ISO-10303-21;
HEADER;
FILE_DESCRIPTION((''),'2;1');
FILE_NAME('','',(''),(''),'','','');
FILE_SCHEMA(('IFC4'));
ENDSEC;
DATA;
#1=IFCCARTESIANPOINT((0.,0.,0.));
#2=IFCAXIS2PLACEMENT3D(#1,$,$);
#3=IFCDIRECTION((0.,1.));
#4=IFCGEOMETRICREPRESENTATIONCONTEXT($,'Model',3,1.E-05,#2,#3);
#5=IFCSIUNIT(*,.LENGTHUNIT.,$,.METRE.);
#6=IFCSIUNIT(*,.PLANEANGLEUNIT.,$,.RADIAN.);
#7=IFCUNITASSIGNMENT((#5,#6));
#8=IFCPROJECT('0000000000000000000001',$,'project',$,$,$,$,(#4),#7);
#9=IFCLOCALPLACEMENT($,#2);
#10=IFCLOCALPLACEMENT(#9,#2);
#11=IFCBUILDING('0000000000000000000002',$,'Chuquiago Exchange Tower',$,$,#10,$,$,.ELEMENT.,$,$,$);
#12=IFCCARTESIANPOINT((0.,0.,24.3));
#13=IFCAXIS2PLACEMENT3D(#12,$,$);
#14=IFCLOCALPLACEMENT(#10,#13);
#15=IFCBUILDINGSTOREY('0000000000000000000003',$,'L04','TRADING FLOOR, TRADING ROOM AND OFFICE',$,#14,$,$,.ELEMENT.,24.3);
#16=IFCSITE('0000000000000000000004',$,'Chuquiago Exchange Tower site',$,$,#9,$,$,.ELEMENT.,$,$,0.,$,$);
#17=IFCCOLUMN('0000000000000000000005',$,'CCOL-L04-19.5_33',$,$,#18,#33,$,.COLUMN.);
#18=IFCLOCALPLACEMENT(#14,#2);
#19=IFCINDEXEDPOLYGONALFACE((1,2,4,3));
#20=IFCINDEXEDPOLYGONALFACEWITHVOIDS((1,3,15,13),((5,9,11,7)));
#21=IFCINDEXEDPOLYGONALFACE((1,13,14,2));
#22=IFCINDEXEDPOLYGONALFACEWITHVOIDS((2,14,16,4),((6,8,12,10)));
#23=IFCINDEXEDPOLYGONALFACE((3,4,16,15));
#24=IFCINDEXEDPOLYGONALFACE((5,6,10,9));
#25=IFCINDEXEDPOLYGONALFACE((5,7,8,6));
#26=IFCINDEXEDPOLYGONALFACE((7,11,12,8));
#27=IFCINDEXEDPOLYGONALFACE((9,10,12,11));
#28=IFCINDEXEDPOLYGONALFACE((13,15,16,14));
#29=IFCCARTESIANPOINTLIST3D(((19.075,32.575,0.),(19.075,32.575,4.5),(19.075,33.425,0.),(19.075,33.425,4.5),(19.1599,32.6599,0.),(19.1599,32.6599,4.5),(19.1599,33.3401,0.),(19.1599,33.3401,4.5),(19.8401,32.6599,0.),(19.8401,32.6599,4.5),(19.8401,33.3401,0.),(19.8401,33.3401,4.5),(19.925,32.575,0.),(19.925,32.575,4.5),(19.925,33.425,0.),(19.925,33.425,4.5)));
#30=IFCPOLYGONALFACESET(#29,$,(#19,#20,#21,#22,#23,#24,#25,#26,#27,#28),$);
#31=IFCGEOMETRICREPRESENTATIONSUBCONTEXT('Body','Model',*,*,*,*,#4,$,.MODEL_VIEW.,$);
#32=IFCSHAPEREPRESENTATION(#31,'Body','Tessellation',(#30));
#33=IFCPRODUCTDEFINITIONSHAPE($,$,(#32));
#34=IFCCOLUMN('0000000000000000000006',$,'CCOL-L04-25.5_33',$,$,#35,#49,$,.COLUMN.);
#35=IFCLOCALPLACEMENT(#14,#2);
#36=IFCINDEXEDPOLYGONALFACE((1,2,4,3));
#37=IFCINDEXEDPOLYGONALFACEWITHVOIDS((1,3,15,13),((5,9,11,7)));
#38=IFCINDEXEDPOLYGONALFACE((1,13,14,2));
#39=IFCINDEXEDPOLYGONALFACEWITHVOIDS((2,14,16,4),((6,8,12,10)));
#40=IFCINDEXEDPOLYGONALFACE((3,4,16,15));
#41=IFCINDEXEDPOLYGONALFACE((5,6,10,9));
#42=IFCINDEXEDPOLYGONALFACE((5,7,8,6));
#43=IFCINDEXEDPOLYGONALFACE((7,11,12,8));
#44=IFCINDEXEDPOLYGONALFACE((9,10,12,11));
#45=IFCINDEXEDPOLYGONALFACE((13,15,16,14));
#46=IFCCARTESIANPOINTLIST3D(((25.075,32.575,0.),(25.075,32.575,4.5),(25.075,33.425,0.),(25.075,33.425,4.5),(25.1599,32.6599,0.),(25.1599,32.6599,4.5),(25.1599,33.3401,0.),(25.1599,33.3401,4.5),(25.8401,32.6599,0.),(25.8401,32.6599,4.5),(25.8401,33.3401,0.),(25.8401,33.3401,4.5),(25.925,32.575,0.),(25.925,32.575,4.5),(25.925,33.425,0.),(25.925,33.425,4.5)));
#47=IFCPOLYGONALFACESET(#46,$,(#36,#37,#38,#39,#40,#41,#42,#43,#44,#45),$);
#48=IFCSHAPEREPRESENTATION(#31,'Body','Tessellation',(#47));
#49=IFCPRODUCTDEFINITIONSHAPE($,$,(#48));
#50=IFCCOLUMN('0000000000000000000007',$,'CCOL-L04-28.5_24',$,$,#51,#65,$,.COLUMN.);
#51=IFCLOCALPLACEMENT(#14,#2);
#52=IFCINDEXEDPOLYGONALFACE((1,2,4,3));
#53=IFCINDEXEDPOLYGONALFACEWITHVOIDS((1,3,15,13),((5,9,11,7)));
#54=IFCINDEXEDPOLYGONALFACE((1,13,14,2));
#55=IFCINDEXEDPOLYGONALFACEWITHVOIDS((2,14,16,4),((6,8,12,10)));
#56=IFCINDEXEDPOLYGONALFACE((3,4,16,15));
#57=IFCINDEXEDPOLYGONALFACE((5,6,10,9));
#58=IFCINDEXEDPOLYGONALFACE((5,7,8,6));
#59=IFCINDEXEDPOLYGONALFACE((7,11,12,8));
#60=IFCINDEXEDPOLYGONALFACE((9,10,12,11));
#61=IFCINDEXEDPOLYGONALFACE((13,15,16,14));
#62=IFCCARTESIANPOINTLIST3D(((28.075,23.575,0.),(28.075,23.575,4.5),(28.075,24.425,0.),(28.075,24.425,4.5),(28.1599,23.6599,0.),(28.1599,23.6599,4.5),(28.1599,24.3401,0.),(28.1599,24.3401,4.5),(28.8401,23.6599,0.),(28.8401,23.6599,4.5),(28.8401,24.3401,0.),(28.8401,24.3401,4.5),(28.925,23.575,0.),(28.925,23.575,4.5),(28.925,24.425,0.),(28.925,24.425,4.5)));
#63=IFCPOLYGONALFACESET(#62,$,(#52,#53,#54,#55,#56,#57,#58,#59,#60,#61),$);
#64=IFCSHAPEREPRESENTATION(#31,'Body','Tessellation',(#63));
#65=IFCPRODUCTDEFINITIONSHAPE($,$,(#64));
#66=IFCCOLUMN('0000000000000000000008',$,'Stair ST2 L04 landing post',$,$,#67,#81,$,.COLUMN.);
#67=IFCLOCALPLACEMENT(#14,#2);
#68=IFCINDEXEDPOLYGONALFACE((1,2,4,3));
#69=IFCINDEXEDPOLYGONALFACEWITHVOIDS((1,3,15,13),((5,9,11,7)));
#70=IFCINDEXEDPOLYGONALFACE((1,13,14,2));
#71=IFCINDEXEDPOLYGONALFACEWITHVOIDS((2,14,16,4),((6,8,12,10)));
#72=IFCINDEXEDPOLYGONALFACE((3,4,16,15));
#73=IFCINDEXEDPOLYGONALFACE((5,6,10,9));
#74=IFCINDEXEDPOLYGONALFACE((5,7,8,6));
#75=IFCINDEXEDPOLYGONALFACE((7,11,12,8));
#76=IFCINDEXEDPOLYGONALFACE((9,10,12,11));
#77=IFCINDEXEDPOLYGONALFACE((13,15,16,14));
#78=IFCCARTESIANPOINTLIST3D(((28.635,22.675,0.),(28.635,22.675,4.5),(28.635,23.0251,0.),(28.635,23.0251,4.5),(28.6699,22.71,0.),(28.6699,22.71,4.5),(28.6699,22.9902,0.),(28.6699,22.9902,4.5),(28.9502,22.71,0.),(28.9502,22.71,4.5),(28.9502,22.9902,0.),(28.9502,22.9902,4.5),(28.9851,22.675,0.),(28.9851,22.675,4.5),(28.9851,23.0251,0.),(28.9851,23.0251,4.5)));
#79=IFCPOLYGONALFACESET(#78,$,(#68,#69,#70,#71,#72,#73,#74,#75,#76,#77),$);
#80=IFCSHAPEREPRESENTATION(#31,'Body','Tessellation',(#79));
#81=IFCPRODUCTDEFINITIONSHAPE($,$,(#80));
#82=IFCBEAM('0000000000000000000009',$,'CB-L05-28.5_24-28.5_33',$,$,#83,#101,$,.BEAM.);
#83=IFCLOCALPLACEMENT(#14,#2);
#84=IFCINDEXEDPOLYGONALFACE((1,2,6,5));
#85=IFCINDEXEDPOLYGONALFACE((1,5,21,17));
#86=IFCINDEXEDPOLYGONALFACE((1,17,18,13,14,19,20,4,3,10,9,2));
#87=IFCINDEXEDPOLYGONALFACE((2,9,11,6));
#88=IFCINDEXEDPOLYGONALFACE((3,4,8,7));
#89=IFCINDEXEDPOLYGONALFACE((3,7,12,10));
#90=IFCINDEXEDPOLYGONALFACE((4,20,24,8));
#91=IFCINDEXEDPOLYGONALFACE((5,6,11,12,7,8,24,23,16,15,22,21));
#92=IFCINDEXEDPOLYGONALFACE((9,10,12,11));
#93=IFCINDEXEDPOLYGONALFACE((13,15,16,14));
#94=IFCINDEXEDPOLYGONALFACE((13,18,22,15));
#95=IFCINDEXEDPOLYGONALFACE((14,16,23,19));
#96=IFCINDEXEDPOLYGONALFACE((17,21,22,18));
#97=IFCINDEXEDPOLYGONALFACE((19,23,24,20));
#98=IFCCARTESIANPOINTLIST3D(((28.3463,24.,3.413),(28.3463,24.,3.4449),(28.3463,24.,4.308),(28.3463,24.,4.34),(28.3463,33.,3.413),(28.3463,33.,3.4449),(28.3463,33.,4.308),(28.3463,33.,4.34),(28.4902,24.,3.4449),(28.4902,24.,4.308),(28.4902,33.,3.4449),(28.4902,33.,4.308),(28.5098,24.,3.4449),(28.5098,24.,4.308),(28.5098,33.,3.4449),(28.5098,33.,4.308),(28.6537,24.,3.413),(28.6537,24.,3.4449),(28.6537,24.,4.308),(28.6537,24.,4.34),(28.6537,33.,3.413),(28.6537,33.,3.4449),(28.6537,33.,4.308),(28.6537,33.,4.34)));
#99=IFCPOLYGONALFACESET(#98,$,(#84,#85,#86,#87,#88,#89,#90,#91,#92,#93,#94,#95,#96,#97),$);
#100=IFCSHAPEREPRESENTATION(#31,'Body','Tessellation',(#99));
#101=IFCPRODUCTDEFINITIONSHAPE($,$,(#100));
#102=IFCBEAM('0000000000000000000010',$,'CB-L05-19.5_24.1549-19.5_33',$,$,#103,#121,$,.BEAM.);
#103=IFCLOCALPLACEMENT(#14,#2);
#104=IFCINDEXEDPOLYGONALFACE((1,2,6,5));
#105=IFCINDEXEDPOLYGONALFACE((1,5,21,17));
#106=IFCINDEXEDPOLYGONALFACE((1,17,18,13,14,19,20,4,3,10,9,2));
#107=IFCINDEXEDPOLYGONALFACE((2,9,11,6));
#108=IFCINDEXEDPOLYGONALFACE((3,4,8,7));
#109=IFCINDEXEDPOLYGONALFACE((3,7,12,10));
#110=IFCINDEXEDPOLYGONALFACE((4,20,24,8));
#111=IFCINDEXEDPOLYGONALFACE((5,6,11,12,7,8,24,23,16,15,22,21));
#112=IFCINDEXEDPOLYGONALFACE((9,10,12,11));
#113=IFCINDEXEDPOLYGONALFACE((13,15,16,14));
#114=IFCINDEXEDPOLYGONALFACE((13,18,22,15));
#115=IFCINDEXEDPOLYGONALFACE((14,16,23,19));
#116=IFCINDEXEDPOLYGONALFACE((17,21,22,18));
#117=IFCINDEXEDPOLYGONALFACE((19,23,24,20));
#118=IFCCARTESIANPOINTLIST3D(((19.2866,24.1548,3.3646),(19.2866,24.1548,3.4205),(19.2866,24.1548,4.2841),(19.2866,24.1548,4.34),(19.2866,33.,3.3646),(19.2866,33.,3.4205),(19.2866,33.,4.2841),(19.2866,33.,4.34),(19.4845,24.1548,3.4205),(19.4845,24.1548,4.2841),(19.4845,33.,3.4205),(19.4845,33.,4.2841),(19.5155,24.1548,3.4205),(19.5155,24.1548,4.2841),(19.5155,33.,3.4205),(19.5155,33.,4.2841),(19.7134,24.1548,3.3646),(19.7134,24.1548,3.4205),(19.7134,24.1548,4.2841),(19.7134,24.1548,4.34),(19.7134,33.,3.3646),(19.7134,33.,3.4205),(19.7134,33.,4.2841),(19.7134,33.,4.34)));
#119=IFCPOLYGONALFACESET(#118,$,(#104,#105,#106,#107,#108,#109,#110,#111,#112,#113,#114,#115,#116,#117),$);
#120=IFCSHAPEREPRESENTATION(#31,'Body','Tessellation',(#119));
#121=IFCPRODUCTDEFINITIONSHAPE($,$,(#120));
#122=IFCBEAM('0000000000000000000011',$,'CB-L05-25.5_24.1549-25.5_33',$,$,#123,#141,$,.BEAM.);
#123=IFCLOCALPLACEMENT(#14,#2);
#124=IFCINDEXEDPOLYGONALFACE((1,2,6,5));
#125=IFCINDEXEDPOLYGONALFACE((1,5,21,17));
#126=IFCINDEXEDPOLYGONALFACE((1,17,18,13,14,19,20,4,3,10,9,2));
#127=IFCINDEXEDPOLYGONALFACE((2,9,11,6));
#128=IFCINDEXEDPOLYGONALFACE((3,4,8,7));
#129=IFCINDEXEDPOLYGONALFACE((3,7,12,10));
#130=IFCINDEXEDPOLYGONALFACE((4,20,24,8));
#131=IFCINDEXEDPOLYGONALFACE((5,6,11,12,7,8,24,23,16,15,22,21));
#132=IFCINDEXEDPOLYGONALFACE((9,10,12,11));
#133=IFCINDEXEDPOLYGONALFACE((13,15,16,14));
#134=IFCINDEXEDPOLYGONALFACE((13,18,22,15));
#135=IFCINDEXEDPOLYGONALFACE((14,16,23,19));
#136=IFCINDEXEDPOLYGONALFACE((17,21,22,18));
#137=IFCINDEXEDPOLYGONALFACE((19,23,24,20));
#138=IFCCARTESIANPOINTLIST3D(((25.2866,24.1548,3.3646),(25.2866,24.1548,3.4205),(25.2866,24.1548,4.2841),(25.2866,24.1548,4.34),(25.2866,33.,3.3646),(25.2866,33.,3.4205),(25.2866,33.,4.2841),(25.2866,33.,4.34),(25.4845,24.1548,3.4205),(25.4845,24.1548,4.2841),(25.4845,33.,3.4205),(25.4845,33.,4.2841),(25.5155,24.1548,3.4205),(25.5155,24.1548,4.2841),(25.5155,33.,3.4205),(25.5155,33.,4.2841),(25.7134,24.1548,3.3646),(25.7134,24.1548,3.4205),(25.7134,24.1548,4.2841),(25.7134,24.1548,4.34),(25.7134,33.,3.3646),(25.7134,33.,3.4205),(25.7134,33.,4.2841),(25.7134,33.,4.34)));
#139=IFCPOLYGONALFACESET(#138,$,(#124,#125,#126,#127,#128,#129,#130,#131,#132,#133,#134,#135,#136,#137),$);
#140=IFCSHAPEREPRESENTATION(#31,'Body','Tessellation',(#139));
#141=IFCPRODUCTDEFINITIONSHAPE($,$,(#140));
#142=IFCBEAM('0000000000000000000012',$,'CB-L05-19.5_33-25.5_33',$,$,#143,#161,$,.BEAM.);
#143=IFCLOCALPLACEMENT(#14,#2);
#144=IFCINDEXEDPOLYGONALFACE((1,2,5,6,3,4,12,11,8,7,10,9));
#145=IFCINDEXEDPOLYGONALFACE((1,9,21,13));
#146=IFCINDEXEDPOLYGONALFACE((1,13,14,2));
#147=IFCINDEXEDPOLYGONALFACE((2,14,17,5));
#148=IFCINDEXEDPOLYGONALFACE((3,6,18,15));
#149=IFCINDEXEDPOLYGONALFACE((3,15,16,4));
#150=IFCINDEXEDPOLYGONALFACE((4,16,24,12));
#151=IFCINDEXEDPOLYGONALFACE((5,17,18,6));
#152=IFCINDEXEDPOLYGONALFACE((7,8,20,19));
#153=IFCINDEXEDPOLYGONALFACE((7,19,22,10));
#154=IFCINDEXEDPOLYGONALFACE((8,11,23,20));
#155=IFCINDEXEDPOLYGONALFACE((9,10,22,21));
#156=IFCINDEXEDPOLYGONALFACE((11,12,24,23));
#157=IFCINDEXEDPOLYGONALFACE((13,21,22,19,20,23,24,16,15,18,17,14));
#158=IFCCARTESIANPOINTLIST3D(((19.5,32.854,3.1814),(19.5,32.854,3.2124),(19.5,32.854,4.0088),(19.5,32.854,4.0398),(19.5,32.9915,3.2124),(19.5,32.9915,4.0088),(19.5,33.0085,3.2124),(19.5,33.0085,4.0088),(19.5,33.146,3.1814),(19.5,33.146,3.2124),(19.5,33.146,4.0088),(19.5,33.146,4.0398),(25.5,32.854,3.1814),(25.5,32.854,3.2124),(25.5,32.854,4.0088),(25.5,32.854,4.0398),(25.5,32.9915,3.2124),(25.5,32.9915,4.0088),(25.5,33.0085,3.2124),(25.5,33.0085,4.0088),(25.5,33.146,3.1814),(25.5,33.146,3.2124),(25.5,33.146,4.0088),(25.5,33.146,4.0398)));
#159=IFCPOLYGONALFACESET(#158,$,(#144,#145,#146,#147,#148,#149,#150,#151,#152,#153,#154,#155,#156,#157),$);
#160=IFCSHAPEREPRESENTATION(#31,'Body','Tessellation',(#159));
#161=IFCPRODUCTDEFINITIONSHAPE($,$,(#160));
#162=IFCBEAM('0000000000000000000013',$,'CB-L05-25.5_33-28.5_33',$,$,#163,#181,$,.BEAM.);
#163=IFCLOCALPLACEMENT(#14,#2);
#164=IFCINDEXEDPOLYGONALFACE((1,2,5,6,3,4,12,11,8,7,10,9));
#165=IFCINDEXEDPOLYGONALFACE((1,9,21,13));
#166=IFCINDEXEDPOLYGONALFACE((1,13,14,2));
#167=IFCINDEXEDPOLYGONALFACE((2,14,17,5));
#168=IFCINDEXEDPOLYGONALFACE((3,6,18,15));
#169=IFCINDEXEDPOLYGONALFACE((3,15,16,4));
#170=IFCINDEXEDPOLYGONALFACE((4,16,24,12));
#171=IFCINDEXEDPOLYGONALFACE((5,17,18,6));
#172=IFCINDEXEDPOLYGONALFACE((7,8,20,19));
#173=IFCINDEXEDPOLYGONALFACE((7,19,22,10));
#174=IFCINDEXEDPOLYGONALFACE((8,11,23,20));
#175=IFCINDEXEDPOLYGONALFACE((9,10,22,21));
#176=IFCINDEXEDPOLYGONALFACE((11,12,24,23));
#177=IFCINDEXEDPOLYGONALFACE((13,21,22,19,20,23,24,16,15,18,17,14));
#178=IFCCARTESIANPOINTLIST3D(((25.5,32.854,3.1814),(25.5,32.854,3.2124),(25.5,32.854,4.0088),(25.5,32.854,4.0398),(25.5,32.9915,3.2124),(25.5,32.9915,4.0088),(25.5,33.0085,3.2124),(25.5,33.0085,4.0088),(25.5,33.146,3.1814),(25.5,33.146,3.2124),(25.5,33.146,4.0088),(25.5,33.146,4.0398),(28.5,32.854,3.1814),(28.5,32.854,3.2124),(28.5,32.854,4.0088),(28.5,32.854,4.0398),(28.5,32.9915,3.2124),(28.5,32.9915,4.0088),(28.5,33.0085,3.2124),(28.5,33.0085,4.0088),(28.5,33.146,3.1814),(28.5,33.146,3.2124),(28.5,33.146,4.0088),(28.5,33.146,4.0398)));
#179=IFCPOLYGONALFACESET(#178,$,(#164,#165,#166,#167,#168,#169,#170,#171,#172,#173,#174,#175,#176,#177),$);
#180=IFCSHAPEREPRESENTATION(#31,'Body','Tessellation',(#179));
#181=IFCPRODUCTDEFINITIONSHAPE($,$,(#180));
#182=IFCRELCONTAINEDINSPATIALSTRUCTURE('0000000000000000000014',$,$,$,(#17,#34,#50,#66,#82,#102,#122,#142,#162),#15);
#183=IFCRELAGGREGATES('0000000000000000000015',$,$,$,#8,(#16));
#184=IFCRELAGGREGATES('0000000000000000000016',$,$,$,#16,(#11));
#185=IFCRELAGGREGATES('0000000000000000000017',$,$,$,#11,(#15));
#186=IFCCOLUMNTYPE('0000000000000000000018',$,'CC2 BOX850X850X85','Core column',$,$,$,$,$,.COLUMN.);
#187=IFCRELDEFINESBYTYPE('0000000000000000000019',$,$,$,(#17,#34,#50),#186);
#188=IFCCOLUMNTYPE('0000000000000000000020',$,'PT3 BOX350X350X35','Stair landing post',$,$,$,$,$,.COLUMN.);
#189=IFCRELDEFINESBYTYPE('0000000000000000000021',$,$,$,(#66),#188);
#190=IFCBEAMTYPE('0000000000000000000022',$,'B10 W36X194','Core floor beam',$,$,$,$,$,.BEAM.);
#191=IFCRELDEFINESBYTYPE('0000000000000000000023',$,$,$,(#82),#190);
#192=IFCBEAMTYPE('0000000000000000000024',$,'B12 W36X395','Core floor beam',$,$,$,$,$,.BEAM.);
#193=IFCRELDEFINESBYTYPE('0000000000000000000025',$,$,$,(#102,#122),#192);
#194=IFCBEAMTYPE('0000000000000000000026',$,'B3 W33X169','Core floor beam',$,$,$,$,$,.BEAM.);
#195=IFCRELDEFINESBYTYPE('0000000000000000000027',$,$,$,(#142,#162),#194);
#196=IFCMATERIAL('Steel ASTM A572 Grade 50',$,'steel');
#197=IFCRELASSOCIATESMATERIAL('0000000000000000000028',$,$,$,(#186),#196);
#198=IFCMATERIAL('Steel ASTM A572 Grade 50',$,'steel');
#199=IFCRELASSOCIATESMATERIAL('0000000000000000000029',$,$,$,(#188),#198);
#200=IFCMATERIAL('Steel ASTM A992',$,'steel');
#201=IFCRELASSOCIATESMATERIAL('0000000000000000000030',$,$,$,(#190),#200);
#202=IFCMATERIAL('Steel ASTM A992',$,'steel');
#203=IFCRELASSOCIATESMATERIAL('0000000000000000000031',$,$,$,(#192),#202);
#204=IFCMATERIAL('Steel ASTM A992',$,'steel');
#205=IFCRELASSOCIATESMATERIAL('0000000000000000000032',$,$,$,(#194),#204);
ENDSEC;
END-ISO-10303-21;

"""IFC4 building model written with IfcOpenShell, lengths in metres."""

from ifc_helpers import new_model, si_unit, direction, frame, origin, origin_2d, place, context, subcontext, project, spatial, hollow_rectangle, i_section, extrude, material, material_profile, profile_set, type_object, element, save


model = new_model("IFC4")

# Units and contexts
model_context = context("Model", 3, precision=1e-05, world=origin(), true_north=direction((0.0, 1.0)))
body_context = subcontext(model_context, "Body", "Model", "MODEL_VIEW")
ifc_project = project(units=[si_unit("LENGTHUNIT", "METRE"), si_unit("PLANEANGLEUNIT", "RADIAN")], contexts=[model_context])

# Site, building, storey
site_placement = place(None, origin())
site = spatial("IfcSite", under=ifc_project, at=site_placement, Name="Chuquiago Exchange Tower site", CompositionType="ELEMENT", RefElevation=0.0)
building_placement = place(site_placement, origin())
building = spatial("IfcBuilding", under=site, at=building_placement, Name="Chuquiago Exchange Tower", CompositionType="ELEMENT")
storey_placement = place(building_placement, frame((0.0, 0.0, 24.3)))
storey = spatial("IfcBuildingStorey", under=building, at=storey_placement, Name="L04", Description="TRADING FLOOR, TRADING ROOM AND OFFICE", CompositionType="ELEMENT", Elevation=24.3)

# Columns
ifc_material_1 = material(Name="Steel ASTM A572 Grade 50", Category="steel")
ifc_material_profile_1 = material_profile(ifc_material_1, hollow_rectangle(XDim=0.8501, YDim=0.8501, WallThickness=0.085, at=origin_2d()), Name="BOX850X850X85")
ifc_profile_set_1 = profile_set([ifc_material_profile_1], Name="Steel ASTM A572 Grade 50")
column_type_1 = type_object("IfcColumnType", Name="CC2 BOX850X850X85", Description="Core column", PredefinedType="COLUMN", material=ifc_profile_set_1)
for number, where, z_axis, x_axis, name in (
    (1, (19.5, 33.0, 0.0), (0.0, 0.0, 1.0), (1.0, 0.0, 0.0), "CCOL-L04-19.5_33"),
    (2, (25.5, 33.0, 0.0), (0.0, 0.0, 1.0), (1.0, 0.0, 0.0), "CCOL-L04-25.5_33"),
    (3, (28.5, 24.0, 0.0), (0.0, 0.0, 1.0), (1.0, 0.0, 0.0), "CCOL-L04-28.5_24"),
):
    element("IfcColumn", number, at=place(storey_placement, frame(where, z_axis=z_axis, x_axis=x_axis)), inside=storey, type_object=column_type_1, Name=name, PredefinedType="COLUMN", context=body_context, shape_type="SweptSolid", body=[
        extrude(hollow_rectangle(XDim=0.8501, YDim=0.8501, WallThickness=0.085, at=origin_2d()), origin(), (0.0, 0.0, 1.0), 4.5),
    ])
ifc_material_2 = material(Name="Steel ASTM A572 Grade 50", Category="steel")
ifc_material_profile_2 = material_profile(ifc_material_2, hollow_rectangle(XDim=0.3501, YDim=0.3501, WallThickness=0.0349, at=origin_2d()), Name="BOX350X350X35")
ifc_profile_set_2 = profile_set([ifc_material_profile_2], Name="Steel ASTM A572 Grade 50")
column_type_2 = type_object("IfcColumnType", Name="PT3 BOX350X350X35", Description="Stair landing post", PredefinedType="COLUMN", material=ifc_profile_set_2)
column_placement = place(storey_placement, frame((28.8101, 22.8501, 0.0), z_axis=(0.0, 0.0, 1.0), x_axis=(1.0, 0.0, 0.0)))
element("IfcColumn", 4, at=column_placement, inside=storey, type_object=column_type_2, Name="Stair ST2 L04 landing post", PredefinedType="COLUMN", context=body_context, shape_type="SweptSolid", body=[
    extrude(hollow_rectangle(XDim=0.3501, YDim=0.3501, WallThickness=0.0349, at=origin_2d()), origin(), (0.0, 0.0, 1.0), 4.5),
])

# Beams
ifc_material_3 = material(Name="Steel ASTM A992", Category="steel")
ifc_material_profile_3 = material_profile(ifc_material_3, i_section(OverallWidth=0.3074, OverallDepth=0.927, WebThickness=0.0195, FlangeThickness=0.032, at=origin_2d()), Name="W36X194")
ifc_profile_set_3 = profile_set([ifc_material_profile_3], Name="Steel ASTM A992")
beam_type_1 = type_object("IfcBeamType", Name="B10 W36X194", Description="Core floor beam", PredefinedType="BEAM", material=ifc_profile_set_3)
beam_1_placement = place(storey_placement, frame((28.5, 24.0, 3.8765), z_axis=(0.0, 1.0, 0.0), x_axis=(-1.0, 0.0, 0.0)))
element("IfcBeam", 5, at=beam_1_placement, inside=storey, type_object=beam_type_1, Name="CB-L05-28.5_24-28.5_33", PredefinedType="BEAM", context=body_context, shape_type="SweptSolid", body=[
    extrude(i_section(OverallWidth=0.3074, OverallDepth=0.927, WebThickness=0.0195, FlangeThickness=0.032, at=origin_2d()), origin(), (0.0, 0.0, 1.0), 9.0),
])
ifc_material_4 = material(Name="Steel ASTM A992", Category="steel")
ifc_material_profile_4 = material_profile(ifc_material_4, i_section(OverallWidth=0.4268, OverallDepth=0.9753, WebThickness=0.031, FlangeThickness=0.0559, at=origin_2d()), Name="W36X395")
ifc_profile_set_4 = profile_set([ifc_material_profile_4], Name="Steel ASTM A992")
beam_type_2 = type_object("IfcBeamType", Name="B12 W36X395", Description="Core floor beam", PredefinedType="BEAM", material=ifc_profile_set_4)
for number, where, z_axis, x_axis, name in (
    (6, (19.5, 24.1548, 3.8523), (0.0, 1.0, 0.0), (-1.0, 0.0, 0.0), "CB-L05-19.5_24.1549-19.5_33"),
    (7, (25.5, 24.1548, 3.8523), (0.0, 1.0, 0.0), (-1.0, 0.0, 0.0), "CB-L05-25.5_24.1549-25.5_33"),
):
    element("IfcBeam", number, at=place(storey_placement, frame(where, z_axis=z_axis, x_axis=x_axis)), inside=storey, type_object=beam_type_2, Name=name, PredefinedType="BEAM", context=body_context, shape_type="SweptSolid", body=[
        extrude(i_section(OverallWidth=0.4268, OverallDepth=0.9753, WebThickness=0.031, FlangeThickness=0.0559, at=origin_2d()), origin(), (0.0, 0.0, 1.0), 8.8452),
    ])
ifc_material_5 = material(Name="Steel ASTM A992", Category="steel")
ifc_material_profile_5 = material_profile(ifc_material_5, i_section(OverallWidth=0.292, OverallDepth=0.8584, WebThickness=0.0171, FlangeThickness=0.031, at=origin_2d()), Name="W33X169")
ifc_profile_set_5 = profile_set([ifc_material_profile_5], Name="Steel ASTM A992")
beam_type_3 = type_object("IfcBeamType", Name="B3 W33X169", Description="Core floor beam", PredefinedType="BEAM", material=ifc_profile_set_5)
beam_2_placement = place(storey_placement, frame((19.5, 33.0, 3.6106), z_axis=(1.0, 0.0, 0.0), x_axis=(0.0, 1.0, 0.0)))
element("IfcBeam", 8, at=beam_2_placement, inside=storey, type_object=beam_type_3, Name="CB-L05-19.5_33-25.5_33", PredefinedType="BEAM", context=body_context, shape_type="SweptSolid", body=[
    extrude(i_section(OverallWidth=0.292, OverallDepth=0.8584, WebThickness=0.0171, FlangeThickness=0.031, at=origin_2d()), origin(), (0.0, 0.0, 1.0), 6.0),
])
beam_3_placement = place(storey_placement, frame((25.5, 33.0, 3.6106), z_axis=(1.0, 0.0, 0.0), x_axis=(0.0, 1.0, 0.0)))
element("IfcBeam", 9, at=beam_3_placement, inside=storey, type_object=beam_type_3, Name="CB-L05-25.5_33-28.5_33", PredefinedType="BEAM", context=body_context, shape_type="SweptSolid", body=[
    extrude(i_section(OverallWidth=0.292, OverallDepth=0.8584, WebThickness=0.0171, FlangeThickness=0.031, at=origin_2d()), origin(), (0.0, 0.0, 1.0), 3.0),
])

save(model, "model.ifc")
